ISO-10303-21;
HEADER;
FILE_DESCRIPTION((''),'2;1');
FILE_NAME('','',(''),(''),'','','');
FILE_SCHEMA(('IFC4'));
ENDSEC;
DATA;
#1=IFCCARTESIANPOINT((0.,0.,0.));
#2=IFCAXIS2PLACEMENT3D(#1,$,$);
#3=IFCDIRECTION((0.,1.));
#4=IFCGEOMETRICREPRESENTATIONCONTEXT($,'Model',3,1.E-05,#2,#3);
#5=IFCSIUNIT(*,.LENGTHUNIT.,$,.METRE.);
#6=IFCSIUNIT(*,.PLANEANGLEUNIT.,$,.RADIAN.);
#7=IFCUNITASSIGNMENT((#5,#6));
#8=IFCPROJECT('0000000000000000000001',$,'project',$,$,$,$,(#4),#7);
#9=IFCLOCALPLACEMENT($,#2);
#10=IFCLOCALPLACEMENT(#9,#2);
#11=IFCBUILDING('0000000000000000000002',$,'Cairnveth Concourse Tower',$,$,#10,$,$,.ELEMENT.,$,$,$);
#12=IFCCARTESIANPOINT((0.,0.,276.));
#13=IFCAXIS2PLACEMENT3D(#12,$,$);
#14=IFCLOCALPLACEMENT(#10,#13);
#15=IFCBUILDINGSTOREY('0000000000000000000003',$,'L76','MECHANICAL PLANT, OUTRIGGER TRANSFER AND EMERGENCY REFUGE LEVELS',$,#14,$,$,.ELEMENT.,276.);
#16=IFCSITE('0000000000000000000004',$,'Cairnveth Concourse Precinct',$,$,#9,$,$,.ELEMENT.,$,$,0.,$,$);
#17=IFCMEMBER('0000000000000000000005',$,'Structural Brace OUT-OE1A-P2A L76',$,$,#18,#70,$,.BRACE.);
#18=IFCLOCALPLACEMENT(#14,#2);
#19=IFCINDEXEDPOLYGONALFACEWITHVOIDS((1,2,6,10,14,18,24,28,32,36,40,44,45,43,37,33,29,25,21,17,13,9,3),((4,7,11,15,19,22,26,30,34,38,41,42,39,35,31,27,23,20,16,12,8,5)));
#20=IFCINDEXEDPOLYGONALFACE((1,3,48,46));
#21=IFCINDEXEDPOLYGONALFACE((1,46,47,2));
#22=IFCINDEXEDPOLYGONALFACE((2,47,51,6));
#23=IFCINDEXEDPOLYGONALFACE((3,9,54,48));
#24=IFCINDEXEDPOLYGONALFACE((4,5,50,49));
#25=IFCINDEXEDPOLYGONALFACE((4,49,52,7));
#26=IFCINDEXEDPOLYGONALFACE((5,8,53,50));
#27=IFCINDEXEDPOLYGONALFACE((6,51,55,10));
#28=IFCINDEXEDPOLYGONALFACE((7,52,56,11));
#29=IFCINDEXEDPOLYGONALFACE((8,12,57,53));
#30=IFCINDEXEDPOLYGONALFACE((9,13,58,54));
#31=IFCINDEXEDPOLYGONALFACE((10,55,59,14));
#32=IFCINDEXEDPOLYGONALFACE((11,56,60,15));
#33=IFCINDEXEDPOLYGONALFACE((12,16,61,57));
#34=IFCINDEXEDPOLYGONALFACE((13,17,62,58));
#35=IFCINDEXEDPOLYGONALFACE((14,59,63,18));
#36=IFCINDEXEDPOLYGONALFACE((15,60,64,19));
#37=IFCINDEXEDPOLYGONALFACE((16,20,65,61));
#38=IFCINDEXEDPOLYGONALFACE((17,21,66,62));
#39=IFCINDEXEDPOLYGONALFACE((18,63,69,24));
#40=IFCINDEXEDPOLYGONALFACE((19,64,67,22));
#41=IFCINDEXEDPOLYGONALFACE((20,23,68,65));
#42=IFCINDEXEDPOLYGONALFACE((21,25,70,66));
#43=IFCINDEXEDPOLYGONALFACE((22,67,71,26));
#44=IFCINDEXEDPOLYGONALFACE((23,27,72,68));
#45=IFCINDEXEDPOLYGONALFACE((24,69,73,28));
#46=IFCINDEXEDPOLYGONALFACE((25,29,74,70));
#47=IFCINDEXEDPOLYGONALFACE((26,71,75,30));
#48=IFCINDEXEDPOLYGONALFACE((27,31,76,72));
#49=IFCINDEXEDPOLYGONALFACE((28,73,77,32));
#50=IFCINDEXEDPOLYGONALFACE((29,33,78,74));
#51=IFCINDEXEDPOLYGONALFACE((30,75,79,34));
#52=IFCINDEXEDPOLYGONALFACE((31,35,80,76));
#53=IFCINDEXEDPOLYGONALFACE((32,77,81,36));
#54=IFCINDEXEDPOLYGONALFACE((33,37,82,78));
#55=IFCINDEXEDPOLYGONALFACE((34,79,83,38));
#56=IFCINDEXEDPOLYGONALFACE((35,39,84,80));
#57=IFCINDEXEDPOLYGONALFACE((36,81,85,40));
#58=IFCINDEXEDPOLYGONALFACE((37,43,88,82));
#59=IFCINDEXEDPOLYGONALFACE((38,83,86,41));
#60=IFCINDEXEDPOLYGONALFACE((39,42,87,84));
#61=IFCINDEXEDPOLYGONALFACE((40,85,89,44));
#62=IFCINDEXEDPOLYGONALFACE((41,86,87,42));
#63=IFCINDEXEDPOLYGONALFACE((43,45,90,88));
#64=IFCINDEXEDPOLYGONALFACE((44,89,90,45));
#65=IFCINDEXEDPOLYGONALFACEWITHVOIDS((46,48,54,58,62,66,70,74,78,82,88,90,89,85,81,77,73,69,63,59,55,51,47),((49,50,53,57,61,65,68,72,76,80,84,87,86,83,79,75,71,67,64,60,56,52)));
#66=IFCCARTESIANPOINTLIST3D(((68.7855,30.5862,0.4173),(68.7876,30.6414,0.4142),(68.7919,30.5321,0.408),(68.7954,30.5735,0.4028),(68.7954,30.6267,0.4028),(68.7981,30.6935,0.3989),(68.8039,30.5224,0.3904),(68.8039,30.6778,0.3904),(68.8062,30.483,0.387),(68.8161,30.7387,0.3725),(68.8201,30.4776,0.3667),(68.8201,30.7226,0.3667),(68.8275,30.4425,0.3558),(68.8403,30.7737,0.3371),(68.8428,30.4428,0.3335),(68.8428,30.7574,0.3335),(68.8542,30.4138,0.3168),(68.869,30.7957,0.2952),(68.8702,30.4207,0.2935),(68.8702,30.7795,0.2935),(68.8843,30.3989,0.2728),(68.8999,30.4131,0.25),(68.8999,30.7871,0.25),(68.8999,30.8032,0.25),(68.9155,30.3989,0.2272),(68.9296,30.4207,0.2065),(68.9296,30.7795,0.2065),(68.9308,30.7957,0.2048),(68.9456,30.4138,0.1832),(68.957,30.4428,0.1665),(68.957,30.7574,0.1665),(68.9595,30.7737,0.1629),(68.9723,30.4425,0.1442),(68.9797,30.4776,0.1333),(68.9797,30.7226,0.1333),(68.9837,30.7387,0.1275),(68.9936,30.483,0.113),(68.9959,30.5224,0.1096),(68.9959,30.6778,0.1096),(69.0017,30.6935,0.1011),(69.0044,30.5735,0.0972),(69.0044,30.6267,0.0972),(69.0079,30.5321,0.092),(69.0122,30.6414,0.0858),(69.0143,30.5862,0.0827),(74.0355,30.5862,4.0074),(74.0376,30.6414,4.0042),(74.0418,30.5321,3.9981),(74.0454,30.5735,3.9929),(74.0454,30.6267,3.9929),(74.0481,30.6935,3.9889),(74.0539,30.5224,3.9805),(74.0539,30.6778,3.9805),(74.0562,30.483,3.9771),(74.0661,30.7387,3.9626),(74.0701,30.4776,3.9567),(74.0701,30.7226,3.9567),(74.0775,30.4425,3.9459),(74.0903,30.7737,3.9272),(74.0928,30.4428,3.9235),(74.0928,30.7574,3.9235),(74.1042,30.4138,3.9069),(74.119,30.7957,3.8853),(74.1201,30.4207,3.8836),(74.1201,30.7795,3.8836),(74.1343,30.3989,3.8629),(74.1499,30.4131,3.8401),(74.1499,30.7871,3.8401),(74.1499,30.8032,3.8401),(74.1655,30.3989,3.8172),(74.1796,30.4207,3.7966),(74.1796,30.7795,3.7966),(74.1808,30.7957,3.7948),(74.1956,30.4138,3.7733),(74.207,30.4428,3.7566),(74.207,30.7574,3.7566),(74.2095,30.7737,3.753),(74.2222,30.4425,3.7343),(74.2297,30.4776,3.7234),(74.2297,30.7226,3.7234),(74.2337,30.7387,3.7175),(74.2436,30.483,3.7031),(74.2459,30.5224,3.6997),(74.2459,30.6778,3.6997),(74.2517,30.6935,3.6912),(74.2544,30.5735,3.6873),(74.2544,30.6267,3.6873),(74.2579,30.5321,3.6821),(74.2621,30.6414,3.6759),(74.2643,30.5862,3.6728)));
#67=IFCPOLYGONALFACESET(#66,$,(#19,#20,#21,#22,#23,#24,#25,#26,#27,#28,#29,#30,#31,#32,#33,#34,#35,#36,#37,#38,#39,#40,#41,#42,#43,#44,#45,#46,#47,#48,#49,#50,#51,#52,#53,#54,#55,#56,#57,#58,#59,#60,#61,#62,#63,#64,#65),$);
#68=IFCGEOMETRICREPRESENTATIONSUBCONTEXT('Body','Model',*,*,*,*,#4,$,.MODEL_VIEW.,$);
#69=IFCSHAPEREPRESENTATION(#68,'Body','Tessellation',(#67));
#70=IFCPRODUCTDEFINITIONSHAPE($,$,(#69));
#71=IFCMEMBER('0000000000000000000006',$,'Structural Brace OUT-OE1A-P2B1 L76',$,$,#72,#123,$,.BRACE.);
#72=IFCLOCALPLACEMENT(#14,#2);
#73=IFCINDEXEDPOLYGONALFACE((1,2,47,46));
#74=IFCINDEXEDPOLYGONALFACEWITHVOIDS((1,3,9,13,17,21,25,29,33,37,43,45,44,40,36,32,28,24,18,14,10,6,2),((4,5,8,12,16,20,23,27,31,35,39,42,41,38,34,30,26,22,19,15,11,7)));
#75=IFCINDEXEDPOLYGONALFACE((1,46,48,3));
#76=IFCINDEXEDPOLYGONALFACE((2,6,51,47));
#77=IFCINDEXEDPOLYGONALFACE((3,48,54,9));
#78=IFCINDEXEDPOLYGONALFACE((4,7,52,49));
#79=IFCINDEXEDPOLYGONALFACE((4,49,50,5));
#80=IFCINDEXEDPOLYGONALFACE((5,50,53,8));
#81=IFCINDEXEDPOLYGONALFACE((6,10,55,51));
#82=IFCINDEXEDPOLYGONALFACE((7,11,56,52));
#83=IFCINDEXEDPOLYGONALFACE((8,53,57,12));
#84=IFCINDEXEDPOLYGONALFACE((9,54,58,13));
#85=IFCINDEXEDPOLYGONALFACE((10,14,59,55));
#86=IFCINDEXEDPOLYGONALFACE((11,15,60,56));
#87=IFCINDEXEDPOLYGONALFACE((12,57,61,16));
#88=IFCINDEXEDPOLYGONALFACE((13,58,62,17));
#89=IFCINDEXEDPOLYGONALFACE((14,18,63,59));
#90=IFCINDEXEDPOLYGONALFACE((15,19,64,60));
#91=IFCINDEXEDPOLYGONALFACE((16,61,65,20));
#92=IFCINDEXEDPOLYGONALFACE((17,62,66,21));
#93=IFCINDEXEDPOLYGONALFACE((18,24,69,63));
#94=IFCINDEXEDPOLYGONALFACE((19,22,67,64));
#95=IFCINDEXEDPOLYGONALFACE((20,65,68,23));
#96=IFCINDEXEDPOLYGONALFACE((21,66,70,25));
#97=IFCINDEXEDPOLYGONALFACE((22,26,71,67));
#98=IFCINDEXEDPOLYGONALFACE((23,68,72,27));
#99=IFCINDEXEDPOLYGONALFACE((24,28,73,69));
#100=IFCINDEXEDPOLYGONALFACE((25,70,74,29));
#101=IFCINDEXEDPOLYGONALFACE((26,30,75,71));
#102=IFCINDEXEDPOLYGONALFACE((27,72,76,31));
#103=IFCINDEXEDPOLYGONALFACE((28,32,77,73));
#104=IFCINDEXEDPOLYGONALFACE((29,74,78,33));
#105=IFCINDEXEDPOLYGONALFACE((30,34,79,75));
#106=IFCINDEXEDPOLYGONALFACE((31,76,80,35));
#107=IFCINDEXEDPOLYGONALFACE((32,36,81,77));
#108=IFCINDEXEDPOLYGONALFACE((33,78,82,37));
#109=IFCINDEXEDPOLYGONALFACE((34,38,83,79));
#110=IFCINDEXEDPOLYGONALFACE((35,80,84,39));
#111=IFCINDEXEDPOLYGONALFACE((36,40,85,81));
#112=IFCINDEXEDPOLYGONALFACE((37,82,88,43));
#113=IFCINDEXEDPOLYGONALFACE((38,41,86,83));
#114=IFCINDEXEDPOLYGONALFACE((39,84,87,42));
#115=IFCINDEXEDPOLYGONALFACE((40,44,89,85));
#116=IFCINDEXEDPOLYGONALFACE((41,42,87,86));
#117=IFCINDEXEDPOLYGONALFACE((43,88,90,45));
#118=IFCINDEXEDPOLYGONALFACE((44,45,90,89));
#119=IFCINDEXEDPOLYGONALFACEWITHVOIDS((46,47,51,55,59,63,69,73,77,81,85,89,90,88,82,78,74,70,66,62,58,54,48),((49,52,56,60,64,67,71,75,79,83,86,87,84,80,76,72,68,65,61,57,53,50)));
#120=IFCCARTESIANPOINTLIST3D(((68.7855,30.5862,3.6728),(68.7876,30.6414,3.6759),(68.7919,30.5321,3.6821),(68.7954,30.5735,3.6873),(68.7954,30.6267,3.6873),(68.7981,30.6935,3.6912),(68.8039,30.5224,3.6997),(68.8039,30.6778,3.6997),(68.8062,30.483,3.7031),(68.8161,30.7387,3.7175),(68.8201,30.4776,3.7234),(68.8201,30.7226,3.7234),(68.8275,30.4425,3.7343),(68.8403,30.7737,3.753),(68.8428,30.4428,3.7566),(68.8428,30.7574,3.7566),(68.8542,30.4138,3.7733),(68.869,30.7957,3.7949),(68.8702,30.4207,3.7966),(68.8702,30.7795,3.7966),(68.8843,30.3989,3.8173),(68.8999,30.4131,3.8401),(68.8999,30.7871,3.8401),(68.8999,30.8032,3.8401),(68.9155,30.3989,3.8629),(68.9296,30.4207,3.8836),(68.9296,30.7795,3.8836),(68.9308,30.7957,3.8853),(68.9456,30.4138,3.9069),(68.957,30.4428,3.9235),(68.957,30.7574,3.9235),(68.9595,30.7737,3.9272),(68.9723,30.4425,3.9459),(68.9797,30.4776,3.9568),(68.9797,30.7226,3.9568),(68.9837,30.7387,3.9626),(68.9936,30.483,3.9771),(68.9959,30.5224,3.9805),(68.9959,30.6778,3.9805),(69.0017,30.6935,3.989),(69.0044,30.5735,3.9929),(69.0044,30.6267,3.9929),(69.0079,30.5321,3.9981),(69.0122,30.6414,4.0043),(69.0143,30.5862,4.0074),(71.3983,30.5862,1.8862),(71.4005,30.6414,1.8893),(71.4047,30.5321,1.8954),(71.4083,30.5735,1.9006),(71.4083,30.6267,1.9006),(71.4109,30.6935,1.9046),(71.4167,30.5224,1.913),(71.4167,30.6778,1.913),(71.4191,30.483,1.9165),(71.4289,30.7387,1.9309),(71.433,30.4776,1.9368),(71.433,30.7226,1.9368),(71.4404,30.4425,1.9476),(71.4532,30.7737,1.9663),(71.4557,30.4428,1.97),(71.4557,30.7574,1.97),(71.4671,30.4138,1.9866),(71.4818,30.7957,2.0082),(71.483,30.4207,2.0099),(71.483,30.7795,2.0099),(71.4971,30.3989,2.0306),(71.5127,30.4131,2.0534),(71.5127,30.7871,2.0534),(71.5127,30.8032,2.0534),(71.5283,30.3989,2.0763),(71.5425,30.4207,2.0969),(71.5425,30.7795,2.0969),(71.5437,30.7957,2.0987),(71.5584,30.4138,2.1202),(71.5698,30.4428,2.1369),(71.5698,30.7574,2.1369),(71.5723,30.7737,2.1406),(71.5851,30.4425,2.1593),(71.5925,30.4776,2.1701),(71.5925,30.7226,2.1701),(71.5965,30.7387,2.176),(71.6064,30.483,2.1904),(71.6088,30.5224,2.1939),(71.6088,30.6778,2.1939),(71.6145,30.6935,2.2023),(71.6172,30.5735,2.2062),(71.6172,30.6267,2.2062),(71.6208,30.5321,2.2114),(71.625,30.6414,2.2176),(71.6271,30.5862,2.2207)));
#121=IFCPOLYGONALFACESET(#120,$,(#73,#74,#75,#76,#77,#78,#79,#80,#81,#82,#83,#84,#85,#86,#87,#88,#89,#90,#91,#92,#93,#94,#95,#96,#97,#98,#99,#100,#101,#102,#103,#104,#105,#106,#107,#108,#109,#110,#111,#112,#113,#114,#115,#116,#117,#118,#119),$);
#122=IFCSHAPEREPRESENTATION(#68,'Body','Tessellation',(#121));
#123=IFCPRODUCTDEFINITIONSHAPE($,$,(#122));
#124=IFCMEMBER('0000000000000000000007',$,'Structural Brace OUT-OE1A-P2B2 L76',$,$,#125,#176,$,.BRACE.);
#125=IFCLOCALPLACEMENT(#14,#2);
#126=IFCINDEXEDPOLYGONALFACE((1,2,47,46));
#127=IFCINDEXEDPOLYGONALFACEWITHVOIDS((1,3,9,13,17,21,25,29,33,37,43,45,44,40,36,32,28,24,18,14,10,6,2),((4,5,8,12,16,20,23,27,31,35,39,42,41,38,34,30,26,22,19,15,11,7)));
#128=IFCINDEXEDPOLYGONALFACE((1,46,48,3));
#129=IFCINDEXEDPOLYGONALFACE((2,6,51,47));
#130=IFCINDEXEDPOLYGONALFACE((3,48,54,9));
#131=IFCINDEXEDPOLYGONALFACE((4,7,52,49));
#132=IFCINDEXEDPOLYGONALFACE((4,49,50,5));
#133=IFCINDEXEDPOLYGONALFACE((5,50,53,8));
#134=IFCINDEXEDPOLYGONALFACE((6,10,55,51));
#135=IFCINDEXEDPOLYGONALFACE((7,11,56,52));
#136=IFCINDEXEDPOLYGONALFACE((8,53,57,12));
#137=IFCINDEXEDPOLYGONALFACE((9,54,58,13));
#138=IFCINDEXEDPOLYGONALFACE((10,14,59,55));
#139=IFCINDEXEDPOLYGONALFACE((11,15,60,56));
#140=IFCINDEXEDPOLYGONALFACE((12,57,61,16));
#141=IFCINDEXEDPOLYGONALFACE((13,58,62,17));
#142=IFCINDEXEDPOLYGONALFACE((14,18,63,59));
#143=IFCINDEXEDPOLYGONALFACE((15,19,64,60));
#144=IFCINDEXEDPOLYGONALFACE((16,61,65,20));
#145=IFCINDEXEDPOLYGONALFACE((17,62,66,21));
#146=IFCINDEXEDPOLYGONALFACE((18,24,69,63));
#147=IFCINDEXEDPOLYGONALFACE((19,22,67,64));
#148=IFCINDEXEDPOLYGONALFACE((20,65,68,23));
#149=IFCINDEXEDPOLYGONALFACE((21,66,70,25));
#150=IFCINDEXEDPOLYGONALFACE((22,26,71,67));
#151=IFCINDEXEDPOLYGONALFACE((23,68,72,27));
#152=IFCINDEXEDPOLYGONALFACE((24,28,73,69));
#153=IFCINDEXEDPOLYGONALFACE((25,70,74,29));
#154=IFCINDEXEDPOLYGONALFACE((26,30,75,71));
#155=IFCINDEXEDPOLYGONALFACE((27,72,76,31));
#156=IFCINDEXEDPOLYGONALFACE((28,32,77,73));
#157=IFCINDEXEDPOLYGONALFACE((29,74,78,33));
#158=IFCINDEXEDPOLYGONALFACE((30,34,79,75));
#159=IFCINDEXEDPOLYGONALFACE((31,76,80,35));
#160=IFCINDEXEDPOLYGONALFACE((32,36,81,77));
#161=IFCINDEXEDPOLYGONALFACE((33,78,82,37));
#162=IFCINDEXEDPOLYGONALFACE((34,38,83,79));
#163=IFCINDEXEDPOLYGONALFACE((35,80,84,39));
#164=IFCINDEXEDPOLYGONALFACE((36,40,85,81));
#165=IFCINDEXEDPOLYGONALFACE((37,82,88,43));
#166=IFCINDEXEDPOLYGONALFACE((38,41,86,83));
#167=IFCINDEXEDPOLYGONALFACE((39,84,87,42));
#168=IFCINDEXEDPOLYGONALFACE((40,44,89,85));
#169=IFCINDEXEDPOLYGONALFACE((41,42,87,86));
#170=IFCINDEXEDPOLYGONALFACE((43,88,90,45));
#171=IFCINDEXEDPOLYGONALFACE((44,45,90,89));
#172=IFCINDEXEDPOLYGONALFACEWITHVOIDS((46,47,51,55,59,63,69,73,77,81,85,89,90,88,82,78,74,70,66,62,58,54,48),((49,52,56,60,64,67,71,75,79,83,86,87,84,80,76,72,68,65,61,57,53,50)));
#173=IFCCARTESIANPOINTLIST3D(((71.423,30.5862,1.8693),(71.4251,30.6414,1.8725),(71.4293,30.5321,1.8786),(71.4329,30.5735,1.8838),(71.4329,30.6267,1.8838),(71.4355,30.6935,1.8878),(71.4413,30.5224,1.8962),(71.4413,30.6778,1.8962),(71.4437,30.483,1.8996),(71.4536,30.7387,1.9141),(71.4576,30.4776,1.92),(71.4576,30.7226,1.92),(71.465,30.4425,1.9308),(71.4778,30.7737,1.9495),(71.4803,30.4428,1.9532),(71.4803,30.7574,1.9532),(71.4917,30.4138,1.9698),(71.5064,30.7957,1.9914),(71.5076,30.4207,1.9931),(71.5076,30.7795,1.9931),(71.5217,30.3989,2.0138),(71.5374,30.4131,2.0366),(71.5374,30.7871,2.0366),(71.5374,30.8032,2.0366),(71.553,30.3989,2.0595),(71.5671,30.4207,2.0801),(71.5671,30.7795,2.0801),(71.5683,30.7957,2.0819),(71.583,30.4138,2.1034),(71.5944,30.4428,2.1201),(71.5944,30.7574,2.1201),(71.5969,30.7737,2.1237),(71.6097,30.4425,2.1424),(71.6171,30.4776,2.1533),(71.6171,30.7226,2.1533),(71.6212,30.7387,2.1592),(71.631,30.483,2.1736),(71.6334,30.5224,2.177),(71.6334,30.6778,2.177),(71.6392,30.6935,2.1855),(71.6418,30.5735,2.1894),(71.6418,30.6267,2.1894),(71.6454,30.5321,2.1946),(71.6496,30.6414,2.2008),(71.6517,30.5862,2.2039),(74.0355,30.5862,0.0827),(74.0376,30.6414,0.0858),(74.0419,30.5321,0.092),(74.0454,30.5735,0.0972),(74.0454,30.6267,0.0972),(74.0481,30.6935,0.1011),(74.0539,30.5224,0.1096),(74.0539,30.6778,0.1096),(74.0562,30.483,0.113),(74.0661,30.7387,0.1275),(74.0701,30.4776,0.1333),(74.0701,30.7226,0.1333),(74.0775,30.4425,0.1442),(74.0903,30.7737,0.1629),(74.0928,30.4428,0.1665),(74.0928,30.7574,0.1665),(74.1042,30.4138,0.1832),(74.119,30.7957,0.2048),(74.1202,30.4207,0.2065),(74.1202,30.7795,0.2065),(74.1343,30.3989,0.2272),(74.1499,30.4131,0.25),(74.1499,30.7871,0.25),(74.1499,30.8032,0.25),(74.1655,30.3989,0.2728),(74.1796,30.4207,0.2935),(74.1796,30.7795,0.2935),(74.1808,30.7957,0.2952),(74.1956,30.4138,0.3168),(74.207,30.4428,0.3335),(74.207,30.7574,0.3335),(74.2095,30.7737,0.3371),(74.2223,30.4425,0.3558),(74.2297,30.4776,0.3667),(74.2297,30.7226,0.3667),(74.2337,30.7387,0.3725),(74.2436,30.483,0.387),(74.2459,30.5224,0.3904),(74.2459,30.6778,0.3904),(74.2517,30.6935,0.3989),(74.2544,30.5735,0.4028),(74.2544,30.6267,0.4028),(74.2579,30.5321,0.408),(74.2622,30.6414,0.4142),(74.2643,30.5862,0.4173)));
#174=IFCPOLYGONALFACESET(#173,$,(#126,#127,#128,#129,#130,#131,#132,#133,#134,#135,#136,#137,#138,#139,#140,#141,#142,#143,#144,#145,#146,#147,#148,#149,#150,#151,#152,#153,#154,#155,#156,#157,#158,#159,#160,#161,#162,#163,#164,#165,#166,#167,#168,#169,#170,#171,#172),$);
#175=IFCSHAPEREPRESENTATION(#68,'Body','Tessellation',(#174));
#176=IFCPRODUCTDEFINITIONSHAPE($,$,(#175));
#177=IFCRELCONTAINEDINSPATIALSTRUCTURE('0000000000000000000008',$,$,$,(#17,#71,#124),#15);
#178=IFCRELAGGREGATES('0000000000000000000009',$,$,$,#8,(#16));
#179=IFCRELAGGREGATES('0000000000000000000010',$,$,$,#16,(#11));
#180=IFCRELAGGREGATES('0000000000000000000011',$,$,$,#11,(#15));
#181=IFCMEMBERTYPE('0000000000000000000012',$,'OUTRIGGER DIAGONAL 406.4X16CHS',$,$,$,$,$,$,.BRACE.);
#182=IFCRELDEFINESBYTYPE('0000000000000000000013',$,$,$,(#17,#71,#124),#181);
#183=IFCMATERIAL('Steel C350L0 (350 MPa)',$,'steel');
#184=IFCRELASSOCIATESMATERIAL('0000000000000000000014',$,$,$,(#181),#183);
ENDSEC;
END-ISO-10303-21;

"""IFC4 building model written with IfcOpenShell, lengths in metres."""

from ifc_helpers import new_model, si_unit, direction, frame, origin, origin_2d, place, context, subcontext, project, spatial, hollow_circle, extrude, material, material_profile, profile_set, type_object, element, save


model = new_model("IFC4")

# Units and contexts
model_context = context("Model", 3, precision=1e-05, world=origin(), true_north=direction((0.0, 1.0)))
body_context = subcontext(model_context, "Body", "Model", "MODEL_VIEW")
ifc_project = project(units=[si_unit("LENGTHUNIT", "METRE"), si_unit("PLANEANGLEUNIT", "RADIAN")], contexts=[model_context])

# Site, building, storey
site_placement = place(None, origin())
site = spatial("IfcSite", under=ifc_project, at=site_placement, Name="Cairnveth Concourse Precinct", CompositionType="ELEMENT", RefElevation=0.0)
building_placement = place(site_placement, origin())
building = spatial("IfcBuilding", under=site, at=building_placement, Name="Cairnveth Concourse Tower", CompositionType="ELEMENT")
storey_placement = place(building_placement, frame((0.0, 0.0, 276.0)))
storey = spatial("IfcBuildingStorey", under=building, at=storey_placement, Name="L76", Description="MECHANICAL PLANT, OUTRIGGER TRANSFER AND EMERGENCY REFUGE LEVELS", CompositionType="ELEMENT", Elevation=276.0)

# Shared definitions
ifc_material_1 = material(Name="Steel C350L0 (350 MPa)", Category="steel")

# Members
ifc_material_profile_1 = material_profile(ifc_material_1, hollow_circle(Radius=0.2031, WallThickness=0.0161, at=origin_2d()), Name="406.4x16.0CHS")
ifc_profile_set_1 = profile_set([ifc_material_profile_1], Name="Steel C350L0 (350 MPa)")
member_type_1 = type_object("IfcMemberType", Name="OUTRIGGER DIAGONAL 406.4X16CHS", PredefinedType="BRACE", material=ifc_profile_set_1)
member_1_placement = place(storey_placement, frame((68.8999, 30.6001, 0.25), z_axis=(0.825455, 0.0, 0.564468), x_axis=(0.0, 1.0, 0.0)))
element("IfcMember", 1, at=member_1_placement, inside=storey, type_object=member_type_1, Name="Structural Brace OUT-OE1A-P2A L76", PredefinedType="BRACE", context=body_context, shape_type="SweptSolid", body=[
    extrude(hollow_circle(Radius=0.2031, WallThickness=0.0161, at=origin_2d()), origin(), (0.0, 0.0, 1.0), 6.3601),
])
member_2_placement = place(storey_placement, frame((68.8999, 30.6001, 3.8401), z_axis=(0.825466, 0.0, -0.564452), x_axis=(0.0, 1.0, 0.0)))
element("IfcMember", 2, at=member_2_placement, inside=storey, type_object=member_type_1, Name="Structural Brace OUT-OE1A-P2B1 L76", PredefinedType="BRACE", context=body_context, shape_type="SweptSolid", body=[
    extrude(hollow_circle(Radius=0.2031, WallThickness=0.0161, at=origin_2d()), origin(), (0.0, 0.0, 1.0), 3.1653),
])
member_3_placement = place(storey_placement, frame((71.5374, 30.6001, 2.0366), z_axis=(0.825442, 0.0, -0.564488), x_axis=(0.0, 1.0, 0.0)))
element("IfcMember", 3, at=member_3_placement, inside=storey, type_object=member_type_1, Name="Structural Brace OUT-OE1A-P2B2 L76", PredefinedType="BRACE", context=body_context, shape_type="SweptSolid", body=[
    extrude(hollow_circle(Radius=0.2031, WallThickness=0.0161, at=origin_2d()), origin(), (0.0, 0.0, 1.0), 3.165),
])

save(model, "model.ifc")
